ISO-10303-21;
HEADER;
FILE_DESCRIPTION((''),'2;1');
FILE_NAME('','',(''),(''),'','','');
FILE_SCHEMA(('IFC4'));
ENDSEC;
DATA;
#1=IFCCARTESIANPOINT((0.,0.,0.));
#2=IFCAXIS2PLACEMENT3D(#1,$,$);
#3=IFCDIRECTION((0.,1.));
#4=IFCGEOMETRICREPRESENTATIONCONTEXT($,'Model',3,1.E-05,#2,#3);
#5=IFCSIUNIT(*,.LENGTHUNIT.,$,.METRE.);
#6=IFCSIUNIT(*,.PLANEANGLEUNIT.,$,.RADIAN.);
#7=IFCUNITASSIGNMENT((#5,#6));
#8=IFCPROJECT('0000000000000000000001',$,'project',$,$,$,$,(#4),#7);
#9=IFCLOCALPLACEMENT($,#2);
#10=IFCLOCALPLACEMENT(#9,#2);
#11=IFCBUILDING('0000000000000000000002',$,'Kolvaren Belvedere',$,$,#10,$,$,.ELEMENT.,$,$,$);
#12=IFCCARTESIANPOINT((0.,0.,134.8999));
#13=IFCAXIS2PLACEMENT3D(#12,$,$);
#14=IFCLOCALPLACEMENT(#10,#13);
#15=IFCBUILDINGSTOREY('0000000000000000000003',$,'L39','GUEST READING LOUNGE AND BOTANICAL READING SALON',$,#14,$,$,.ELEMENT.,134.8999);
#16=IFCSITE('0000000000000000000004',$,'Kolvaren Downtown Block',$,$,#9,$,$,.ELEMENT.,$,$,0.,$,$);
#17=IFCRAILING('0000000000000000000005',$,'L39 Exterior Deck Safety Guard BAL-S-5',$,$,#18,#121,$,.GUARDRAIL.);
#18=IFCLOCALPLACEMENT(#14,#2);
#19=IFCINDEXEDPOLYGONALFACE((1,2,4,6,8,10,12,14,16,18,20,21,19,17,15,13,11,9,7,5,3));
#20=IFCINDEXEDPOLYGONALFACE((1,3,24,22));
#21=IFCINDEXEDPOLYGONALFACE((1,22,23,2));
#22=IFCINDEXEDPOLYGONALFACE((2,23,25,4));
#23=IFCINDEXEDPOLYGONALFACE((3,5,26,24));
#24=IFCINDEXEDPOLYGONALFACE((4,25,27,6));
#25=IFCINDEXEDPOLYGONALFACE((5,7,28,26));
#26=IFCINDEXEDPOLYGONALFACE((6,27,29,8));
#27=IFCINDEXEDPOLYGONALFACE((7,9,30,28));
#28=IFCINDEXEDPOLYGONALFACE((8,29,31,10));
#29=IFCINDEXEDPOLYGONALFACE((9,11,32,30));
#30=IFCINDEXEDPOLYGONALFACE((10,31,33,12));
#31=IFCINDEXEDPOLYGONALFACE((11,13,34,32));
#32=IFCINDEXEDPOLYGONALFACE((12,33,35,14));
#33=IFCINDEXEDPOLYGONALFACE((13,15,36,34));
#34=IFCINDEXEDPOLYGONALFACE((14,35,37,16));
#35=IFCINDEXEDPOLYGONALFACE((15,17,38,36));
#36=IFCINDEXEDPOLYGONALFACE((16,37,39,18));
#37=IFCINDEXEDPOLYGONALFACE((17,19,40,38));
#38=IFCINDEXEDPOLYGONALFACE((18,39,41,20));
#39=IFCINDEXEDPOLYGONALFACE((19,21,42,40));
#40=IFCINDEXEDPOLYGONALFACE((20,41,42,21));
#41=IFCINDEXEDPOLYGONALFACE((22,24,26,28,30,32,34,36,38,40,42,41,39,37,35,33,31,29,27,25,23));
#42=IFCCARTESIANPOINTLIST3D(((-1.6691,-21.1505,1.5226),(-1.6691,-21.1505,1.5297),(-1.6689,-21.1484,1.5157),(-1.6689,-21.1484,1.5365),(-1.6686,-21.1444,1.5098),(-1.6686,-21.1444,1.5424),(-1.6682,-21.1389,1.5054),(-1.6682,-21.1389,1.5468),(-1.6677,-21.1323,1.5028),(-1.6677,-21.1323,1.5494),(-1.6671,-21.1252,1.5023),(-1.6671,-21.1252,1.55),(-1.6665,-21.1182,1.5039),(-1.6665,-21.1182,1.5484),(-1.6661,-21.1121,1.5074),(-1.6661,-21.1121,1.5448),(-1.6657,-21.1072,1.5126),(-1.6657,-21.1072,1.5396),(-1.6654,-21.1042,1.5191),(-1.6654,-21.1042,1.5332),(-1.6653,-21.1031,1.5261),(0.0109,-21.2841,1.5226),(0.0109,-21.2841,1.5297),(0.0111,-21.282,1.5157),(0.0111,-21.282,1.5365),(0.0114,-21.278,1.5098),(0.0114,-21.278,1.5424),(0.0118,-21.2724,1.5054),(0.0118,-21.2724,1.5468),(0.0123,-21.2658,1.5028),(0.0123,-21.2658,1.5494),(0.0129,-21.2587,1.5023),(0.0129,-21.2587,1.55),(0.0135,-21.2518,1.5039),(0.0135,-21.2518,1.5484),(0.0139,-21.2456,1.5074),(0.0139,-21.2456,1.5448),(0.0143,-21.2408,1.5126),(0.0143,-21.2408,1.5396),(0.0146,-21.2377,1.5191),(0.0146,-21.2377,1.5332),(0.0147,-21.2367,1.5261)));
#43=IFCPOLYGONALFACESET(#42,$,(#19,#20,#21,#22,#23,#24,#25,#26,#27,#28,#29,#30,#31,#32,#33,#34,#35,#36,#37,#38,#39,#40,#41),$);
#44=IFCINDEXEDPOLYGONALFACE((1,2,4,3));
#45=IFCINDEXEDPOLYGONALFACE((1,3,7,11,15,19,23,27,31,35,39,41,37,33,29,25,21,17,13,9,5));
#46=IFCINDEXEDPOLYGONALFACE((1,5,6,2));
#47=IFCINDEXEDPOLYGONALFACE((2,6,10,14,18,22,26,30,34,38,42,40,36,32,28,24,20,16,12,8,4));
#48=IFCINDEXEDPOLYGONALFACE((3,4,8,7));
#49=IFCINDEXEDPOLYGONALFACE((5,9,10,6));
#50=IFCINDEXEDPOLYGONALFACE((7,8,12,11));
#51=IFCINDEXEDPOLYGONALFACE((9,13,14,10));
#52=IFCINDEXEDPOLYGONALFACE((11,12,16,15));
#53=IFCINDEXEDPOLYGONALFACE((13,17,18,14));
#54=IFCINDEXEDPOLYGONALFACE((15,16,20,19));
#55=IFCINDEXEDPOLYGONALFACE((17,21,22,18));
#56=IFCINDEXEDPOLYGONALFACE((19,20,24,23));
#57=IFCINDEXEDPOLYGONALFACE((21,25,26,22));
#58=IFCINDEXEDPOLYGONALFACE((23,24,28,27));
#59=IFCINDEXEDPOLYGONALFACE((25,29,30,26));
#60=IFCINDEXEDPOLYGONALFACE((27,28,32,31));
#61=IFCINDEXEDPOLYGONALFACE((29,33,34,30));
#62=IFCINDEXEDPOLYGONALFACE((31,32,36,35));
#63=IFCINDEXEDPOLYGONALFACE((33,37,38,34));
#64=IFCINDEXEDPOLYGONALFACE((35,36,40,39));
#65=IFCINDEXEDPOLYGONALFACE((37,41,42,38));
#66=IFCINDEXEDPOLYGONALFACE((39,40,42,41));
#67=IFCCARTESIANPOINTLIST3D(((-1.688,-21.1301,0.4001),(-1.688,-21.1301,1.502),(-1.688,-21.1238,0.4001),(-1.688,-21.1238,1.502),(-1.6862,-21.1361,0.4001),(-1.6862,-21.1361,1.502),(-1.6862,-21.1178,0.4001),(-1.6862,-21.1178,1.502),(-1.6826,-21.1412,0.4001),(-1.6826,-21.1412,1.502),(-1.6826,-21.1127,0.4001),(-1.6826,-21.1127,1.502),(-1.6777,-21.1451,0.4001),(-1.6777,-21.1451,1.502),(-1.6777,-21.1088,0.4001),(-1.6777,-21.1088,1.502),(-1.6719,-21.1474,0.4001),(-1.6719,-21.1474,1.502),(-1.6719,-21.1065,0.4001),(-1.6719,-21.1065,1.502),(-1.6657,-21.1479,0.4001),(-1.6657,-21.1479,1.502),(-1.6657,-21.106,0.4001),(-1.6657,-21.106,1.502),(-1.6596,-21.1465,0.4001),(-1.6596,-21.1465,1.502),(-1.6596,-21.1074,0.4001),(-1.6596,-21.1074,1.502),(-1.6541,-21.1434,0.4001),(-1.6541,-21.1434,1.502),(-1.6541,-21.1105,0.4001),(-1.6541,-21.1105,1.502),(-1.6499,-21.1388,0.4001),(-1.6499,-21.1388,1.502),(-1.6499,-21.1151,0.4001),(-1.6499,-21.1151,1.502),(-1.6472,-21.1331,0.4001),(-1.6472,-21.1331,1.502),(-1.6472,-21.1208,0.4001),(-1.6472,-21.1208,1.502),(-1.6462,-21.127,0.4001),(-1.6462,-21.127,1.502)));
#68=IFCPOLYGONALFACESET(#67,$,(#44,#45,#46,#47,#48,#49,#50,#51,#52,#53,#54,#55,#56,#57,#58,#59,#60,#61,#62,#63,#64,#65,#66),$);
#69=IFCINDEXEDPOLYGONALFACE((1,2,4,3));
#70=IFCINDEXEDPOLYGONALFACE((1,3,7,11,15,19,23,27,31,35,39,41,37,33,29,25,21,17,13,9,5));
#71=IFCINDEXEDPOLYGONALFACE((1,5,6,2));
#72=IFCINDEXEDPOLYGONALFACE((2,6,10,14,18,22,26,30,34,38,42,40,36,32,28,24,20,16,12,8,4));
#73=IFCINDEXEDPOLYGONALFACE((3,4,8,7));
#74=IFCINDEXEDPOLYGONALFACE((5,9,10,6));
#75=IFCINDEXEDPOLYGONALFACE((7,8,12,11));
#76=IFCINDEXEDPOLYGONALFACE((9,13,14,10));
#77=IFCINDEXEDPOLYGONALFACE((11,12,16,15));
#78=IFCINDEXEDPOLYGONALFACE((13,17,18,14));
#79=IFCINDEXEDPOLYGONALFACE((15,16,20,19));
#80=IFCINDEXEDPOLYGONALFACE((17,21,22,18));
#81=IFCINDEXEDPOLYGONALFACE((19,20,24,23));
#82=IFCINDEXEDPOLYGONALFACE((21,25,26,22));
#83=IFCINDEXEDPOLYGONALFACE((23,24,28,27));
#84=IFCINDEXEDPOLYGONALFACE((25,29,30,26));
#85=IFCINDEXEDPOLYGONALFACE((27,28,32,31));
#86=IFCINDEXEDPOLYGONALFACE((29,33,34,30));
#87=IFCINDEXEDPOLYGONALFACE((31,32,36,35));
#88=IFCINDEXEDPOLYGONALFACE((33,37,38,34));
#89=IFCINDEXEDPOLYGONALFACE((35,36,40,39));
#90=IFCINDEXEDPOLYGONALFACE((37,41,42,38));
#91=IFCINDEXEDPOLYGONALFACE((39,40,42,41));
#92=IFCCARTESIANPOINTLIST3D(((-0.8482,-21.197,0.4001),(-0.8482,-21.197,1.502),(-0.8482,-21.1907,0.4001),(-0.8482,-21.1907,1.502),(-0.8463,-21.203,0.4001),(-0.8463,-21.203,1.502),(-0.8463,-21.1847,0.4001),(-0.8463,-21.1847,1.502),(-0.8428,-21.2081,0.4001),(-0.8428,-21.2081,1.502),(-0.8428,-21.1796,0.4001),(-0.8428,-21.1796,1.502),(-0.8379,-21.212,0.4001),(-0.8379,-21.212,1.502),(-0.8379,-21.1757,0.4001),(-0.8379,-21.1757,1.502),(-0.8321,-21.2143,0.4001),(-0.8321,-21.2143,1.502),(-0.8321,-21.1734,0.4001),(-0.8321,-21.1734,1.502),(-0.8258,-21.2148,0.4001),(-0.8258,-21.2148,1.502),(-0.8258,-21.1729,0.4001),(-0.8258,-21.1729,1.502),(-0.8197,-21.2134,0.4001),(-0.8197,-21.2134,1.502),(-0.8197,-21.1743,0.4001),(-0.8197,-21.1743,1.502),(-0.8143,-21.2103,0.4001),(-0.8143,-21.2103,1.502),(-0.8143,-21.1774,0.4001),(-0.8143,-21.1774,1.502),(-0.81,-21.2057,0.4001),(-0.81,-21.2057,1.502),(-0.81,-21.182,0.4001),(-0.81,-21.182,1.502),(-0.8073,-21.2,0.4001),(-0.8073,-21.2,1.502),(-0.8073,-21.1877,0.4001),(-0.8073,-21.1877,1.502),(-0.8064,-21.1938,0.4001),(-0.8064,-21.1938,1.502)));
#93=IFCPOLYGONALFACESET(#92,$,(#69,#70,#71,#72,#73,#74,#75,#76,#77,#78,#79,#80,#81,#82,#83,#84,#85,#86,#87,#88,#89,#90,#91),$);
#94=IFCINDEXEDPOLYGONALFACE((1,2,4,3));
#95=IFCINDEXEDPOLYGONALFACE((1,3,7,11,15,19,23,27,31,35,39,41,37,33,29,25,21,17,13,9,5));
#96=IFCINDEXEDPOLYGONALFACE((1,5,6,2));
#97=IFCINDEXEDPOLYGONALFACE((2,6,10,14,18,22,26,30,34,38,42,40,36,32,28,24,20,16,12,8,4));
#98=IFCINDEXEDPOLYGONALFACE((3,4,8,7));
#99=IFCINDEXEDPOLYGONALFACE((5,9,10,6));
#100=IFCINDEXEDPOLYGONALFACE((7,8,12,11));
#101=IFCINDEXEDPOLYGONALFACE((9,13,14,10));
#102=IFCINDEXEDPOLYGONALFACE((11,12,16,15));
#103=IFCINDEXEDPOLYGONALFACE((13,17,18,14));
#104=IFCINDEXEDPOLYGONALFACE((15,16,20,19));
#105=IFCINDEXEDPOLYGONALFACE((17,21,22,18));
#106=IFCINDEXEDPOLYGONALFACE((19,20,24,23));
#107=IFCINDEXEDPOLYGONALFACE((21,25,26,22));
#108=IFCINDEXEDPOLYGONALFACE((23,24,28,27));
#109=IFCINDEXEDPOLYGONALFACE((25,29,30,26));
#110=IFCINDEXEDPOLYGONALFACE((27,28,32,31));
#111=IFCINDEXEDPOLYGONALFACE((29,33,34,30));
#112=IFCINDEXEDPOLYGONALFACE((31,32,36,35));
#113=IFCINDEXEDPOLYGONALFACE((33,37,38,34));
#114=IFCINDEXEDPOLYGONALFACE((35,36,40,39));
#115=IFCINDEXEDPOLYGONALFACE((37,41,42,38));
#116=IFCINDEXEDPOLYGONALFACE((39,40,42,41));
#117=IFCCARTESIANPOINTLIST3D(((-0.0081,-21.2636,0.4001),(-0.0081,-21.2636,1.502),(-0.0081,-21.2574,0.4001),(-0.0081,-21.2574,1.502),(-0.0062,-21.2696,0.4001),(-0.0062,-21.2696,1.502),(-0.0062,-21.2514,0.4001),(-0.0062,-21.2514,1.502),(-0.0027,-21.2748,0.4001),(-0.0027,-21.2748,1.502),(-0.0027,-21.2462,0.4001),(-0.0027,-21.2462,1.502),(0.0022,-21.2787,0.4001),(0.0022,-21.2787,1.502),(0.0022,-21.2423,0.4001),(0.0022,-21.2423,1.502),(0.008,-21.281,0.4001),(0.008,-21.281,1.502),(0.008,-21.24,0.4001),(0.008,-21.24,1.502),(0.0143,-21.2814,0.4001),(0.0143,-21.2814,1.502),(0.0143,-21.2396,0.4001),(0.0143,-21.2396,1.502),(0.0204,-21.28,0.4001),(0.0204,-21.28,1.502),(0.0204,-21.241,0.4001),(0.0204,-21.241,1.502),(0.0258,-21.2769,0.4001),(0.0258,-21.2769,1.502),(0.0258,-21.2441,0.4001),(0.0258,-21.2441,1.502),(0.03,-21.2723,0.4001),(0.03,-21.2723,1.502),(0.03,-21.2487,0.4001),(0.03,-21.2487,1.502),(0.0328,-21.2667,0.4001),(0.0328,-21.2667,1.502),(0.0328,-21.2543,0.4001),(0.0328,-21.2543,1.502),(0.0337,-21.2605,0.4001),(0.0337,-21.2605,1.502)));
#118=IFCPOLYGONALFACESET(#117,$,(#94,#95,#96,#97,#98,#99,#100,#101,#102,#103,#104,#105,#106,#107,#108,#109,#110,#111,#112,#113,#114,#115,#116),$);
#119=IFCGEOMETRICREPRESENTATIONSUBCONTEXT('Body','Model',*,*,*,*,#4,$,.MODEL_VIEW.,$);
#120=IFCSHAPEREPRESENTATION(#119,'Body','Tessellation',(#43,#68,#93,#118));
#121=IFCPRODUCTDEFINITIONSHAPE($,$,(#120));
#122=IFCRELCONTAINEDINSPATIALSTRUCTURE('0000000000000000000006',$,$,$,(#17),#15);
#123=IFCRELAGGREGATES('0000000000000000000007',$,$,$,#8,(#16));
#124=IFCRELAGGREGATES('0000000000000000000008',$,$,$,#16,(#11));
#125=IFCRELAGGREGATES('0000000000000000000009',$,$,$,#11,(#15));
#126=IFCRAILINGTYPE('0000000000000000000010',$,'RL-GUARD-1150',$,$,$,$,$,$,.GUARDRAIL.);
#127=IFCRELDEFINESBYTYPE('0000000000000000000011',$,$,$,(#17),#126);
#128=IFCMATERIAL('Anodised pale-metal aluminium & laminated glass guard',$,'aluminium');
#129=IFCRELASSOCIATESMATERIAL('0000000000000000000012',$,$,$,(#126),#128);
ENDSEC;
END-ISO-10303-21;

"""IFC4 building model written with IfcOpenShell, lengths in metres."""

from ifc_helpers import new_model, si_unit, direction, frame, origin, origin_2d, place, context, subcontext, project, spatial, circle, extrude, material, type_object, element, save


model = new_model("IFC4")

# Units and contexts
model_context = context("Model", 3, precision=1e-05, world=origin(), true_north=direction((0.0, 1.0)))
body_context = subcontext(model_context, "Body", "Model", "MODEL_VIEW")
ifc_project = project(units=[si_unit("LENGTHUNIT", "METRE"), si_unit("PLANEANGLEUNIT", "RADIAN")], contexts=[model_context])

# Site, building, storey
site_placement = place(None, origin())
site = spatial("IfcSite", under=ifc_project, at=site_placement, Name="Kolvaren Downtown Block", CompositionType="ELEMENT", RefElevation=0.0)
building_placement = place(site_placement, origin())
building = spatial("IfcBuilding", under=site, at=building_placement, Name="Kolvaren Belvedere", CompositionType="ELEMENT")
storey_placement = place(building_placement, frame((0.0, 0.0, 134.8999)))
storey = spatial("IfcBuildingStorey", under=building, at=storey_placement, Name="L39", Description="GUEST READING LOUNGE AND BOTANICAL READING SALON", CompositionType="ELEMENT", Elevation=134.8999)

# Railing
ifc_material_1 = material(Name="Anodised pale-metal aluminium & laminated glass guard", Category="aluminium")
railing_type = type_object("IfcRailingType", Name="RL-GUARD-1150", PredefinedType="GUARDRAIL", material=ifc_material_1)
railing_1_placement = place(storey_placement, frame((-1.6672, -21.127, 0.4001)))
element("IfcRailing", 1, at=railing_1_placement, inside=storey, type_object=railing_type, Name="L39 Exterior Deck Safety Guard BAL-S-5", PredefinedType="GUARDRAIL", context=body_context, shape_type="SweptSolid", body=[
    extrude(circle(Radius=0.0239, at=origin_2d()), frame((0.0, 0.0, 1.126), z_axis=(0.996855, -0.079244, 0.0), x_axis=(0.079244, 0.996855, 0.0)), (0.0, 0.0, 1.0), 1.6853),
    extrude(circle(Radius=0.021, at=origin_2d()), origin(), (0.0, 0.0, 1.0), 1.1018),
    extrude(circle(Radius=0.021, at=origin_2d()), frame((0.8398, -0.0669, 0.0)), (0.0, 0.0, 1.0), 1.1018),
    extrude(circle(Radius=0.021, at=origin_2d()), frame((1.6799, -0.1335, 0.0)), (0.0, 0.0, 1.0), 1.1018),
])

save(model, "model.ifc")
